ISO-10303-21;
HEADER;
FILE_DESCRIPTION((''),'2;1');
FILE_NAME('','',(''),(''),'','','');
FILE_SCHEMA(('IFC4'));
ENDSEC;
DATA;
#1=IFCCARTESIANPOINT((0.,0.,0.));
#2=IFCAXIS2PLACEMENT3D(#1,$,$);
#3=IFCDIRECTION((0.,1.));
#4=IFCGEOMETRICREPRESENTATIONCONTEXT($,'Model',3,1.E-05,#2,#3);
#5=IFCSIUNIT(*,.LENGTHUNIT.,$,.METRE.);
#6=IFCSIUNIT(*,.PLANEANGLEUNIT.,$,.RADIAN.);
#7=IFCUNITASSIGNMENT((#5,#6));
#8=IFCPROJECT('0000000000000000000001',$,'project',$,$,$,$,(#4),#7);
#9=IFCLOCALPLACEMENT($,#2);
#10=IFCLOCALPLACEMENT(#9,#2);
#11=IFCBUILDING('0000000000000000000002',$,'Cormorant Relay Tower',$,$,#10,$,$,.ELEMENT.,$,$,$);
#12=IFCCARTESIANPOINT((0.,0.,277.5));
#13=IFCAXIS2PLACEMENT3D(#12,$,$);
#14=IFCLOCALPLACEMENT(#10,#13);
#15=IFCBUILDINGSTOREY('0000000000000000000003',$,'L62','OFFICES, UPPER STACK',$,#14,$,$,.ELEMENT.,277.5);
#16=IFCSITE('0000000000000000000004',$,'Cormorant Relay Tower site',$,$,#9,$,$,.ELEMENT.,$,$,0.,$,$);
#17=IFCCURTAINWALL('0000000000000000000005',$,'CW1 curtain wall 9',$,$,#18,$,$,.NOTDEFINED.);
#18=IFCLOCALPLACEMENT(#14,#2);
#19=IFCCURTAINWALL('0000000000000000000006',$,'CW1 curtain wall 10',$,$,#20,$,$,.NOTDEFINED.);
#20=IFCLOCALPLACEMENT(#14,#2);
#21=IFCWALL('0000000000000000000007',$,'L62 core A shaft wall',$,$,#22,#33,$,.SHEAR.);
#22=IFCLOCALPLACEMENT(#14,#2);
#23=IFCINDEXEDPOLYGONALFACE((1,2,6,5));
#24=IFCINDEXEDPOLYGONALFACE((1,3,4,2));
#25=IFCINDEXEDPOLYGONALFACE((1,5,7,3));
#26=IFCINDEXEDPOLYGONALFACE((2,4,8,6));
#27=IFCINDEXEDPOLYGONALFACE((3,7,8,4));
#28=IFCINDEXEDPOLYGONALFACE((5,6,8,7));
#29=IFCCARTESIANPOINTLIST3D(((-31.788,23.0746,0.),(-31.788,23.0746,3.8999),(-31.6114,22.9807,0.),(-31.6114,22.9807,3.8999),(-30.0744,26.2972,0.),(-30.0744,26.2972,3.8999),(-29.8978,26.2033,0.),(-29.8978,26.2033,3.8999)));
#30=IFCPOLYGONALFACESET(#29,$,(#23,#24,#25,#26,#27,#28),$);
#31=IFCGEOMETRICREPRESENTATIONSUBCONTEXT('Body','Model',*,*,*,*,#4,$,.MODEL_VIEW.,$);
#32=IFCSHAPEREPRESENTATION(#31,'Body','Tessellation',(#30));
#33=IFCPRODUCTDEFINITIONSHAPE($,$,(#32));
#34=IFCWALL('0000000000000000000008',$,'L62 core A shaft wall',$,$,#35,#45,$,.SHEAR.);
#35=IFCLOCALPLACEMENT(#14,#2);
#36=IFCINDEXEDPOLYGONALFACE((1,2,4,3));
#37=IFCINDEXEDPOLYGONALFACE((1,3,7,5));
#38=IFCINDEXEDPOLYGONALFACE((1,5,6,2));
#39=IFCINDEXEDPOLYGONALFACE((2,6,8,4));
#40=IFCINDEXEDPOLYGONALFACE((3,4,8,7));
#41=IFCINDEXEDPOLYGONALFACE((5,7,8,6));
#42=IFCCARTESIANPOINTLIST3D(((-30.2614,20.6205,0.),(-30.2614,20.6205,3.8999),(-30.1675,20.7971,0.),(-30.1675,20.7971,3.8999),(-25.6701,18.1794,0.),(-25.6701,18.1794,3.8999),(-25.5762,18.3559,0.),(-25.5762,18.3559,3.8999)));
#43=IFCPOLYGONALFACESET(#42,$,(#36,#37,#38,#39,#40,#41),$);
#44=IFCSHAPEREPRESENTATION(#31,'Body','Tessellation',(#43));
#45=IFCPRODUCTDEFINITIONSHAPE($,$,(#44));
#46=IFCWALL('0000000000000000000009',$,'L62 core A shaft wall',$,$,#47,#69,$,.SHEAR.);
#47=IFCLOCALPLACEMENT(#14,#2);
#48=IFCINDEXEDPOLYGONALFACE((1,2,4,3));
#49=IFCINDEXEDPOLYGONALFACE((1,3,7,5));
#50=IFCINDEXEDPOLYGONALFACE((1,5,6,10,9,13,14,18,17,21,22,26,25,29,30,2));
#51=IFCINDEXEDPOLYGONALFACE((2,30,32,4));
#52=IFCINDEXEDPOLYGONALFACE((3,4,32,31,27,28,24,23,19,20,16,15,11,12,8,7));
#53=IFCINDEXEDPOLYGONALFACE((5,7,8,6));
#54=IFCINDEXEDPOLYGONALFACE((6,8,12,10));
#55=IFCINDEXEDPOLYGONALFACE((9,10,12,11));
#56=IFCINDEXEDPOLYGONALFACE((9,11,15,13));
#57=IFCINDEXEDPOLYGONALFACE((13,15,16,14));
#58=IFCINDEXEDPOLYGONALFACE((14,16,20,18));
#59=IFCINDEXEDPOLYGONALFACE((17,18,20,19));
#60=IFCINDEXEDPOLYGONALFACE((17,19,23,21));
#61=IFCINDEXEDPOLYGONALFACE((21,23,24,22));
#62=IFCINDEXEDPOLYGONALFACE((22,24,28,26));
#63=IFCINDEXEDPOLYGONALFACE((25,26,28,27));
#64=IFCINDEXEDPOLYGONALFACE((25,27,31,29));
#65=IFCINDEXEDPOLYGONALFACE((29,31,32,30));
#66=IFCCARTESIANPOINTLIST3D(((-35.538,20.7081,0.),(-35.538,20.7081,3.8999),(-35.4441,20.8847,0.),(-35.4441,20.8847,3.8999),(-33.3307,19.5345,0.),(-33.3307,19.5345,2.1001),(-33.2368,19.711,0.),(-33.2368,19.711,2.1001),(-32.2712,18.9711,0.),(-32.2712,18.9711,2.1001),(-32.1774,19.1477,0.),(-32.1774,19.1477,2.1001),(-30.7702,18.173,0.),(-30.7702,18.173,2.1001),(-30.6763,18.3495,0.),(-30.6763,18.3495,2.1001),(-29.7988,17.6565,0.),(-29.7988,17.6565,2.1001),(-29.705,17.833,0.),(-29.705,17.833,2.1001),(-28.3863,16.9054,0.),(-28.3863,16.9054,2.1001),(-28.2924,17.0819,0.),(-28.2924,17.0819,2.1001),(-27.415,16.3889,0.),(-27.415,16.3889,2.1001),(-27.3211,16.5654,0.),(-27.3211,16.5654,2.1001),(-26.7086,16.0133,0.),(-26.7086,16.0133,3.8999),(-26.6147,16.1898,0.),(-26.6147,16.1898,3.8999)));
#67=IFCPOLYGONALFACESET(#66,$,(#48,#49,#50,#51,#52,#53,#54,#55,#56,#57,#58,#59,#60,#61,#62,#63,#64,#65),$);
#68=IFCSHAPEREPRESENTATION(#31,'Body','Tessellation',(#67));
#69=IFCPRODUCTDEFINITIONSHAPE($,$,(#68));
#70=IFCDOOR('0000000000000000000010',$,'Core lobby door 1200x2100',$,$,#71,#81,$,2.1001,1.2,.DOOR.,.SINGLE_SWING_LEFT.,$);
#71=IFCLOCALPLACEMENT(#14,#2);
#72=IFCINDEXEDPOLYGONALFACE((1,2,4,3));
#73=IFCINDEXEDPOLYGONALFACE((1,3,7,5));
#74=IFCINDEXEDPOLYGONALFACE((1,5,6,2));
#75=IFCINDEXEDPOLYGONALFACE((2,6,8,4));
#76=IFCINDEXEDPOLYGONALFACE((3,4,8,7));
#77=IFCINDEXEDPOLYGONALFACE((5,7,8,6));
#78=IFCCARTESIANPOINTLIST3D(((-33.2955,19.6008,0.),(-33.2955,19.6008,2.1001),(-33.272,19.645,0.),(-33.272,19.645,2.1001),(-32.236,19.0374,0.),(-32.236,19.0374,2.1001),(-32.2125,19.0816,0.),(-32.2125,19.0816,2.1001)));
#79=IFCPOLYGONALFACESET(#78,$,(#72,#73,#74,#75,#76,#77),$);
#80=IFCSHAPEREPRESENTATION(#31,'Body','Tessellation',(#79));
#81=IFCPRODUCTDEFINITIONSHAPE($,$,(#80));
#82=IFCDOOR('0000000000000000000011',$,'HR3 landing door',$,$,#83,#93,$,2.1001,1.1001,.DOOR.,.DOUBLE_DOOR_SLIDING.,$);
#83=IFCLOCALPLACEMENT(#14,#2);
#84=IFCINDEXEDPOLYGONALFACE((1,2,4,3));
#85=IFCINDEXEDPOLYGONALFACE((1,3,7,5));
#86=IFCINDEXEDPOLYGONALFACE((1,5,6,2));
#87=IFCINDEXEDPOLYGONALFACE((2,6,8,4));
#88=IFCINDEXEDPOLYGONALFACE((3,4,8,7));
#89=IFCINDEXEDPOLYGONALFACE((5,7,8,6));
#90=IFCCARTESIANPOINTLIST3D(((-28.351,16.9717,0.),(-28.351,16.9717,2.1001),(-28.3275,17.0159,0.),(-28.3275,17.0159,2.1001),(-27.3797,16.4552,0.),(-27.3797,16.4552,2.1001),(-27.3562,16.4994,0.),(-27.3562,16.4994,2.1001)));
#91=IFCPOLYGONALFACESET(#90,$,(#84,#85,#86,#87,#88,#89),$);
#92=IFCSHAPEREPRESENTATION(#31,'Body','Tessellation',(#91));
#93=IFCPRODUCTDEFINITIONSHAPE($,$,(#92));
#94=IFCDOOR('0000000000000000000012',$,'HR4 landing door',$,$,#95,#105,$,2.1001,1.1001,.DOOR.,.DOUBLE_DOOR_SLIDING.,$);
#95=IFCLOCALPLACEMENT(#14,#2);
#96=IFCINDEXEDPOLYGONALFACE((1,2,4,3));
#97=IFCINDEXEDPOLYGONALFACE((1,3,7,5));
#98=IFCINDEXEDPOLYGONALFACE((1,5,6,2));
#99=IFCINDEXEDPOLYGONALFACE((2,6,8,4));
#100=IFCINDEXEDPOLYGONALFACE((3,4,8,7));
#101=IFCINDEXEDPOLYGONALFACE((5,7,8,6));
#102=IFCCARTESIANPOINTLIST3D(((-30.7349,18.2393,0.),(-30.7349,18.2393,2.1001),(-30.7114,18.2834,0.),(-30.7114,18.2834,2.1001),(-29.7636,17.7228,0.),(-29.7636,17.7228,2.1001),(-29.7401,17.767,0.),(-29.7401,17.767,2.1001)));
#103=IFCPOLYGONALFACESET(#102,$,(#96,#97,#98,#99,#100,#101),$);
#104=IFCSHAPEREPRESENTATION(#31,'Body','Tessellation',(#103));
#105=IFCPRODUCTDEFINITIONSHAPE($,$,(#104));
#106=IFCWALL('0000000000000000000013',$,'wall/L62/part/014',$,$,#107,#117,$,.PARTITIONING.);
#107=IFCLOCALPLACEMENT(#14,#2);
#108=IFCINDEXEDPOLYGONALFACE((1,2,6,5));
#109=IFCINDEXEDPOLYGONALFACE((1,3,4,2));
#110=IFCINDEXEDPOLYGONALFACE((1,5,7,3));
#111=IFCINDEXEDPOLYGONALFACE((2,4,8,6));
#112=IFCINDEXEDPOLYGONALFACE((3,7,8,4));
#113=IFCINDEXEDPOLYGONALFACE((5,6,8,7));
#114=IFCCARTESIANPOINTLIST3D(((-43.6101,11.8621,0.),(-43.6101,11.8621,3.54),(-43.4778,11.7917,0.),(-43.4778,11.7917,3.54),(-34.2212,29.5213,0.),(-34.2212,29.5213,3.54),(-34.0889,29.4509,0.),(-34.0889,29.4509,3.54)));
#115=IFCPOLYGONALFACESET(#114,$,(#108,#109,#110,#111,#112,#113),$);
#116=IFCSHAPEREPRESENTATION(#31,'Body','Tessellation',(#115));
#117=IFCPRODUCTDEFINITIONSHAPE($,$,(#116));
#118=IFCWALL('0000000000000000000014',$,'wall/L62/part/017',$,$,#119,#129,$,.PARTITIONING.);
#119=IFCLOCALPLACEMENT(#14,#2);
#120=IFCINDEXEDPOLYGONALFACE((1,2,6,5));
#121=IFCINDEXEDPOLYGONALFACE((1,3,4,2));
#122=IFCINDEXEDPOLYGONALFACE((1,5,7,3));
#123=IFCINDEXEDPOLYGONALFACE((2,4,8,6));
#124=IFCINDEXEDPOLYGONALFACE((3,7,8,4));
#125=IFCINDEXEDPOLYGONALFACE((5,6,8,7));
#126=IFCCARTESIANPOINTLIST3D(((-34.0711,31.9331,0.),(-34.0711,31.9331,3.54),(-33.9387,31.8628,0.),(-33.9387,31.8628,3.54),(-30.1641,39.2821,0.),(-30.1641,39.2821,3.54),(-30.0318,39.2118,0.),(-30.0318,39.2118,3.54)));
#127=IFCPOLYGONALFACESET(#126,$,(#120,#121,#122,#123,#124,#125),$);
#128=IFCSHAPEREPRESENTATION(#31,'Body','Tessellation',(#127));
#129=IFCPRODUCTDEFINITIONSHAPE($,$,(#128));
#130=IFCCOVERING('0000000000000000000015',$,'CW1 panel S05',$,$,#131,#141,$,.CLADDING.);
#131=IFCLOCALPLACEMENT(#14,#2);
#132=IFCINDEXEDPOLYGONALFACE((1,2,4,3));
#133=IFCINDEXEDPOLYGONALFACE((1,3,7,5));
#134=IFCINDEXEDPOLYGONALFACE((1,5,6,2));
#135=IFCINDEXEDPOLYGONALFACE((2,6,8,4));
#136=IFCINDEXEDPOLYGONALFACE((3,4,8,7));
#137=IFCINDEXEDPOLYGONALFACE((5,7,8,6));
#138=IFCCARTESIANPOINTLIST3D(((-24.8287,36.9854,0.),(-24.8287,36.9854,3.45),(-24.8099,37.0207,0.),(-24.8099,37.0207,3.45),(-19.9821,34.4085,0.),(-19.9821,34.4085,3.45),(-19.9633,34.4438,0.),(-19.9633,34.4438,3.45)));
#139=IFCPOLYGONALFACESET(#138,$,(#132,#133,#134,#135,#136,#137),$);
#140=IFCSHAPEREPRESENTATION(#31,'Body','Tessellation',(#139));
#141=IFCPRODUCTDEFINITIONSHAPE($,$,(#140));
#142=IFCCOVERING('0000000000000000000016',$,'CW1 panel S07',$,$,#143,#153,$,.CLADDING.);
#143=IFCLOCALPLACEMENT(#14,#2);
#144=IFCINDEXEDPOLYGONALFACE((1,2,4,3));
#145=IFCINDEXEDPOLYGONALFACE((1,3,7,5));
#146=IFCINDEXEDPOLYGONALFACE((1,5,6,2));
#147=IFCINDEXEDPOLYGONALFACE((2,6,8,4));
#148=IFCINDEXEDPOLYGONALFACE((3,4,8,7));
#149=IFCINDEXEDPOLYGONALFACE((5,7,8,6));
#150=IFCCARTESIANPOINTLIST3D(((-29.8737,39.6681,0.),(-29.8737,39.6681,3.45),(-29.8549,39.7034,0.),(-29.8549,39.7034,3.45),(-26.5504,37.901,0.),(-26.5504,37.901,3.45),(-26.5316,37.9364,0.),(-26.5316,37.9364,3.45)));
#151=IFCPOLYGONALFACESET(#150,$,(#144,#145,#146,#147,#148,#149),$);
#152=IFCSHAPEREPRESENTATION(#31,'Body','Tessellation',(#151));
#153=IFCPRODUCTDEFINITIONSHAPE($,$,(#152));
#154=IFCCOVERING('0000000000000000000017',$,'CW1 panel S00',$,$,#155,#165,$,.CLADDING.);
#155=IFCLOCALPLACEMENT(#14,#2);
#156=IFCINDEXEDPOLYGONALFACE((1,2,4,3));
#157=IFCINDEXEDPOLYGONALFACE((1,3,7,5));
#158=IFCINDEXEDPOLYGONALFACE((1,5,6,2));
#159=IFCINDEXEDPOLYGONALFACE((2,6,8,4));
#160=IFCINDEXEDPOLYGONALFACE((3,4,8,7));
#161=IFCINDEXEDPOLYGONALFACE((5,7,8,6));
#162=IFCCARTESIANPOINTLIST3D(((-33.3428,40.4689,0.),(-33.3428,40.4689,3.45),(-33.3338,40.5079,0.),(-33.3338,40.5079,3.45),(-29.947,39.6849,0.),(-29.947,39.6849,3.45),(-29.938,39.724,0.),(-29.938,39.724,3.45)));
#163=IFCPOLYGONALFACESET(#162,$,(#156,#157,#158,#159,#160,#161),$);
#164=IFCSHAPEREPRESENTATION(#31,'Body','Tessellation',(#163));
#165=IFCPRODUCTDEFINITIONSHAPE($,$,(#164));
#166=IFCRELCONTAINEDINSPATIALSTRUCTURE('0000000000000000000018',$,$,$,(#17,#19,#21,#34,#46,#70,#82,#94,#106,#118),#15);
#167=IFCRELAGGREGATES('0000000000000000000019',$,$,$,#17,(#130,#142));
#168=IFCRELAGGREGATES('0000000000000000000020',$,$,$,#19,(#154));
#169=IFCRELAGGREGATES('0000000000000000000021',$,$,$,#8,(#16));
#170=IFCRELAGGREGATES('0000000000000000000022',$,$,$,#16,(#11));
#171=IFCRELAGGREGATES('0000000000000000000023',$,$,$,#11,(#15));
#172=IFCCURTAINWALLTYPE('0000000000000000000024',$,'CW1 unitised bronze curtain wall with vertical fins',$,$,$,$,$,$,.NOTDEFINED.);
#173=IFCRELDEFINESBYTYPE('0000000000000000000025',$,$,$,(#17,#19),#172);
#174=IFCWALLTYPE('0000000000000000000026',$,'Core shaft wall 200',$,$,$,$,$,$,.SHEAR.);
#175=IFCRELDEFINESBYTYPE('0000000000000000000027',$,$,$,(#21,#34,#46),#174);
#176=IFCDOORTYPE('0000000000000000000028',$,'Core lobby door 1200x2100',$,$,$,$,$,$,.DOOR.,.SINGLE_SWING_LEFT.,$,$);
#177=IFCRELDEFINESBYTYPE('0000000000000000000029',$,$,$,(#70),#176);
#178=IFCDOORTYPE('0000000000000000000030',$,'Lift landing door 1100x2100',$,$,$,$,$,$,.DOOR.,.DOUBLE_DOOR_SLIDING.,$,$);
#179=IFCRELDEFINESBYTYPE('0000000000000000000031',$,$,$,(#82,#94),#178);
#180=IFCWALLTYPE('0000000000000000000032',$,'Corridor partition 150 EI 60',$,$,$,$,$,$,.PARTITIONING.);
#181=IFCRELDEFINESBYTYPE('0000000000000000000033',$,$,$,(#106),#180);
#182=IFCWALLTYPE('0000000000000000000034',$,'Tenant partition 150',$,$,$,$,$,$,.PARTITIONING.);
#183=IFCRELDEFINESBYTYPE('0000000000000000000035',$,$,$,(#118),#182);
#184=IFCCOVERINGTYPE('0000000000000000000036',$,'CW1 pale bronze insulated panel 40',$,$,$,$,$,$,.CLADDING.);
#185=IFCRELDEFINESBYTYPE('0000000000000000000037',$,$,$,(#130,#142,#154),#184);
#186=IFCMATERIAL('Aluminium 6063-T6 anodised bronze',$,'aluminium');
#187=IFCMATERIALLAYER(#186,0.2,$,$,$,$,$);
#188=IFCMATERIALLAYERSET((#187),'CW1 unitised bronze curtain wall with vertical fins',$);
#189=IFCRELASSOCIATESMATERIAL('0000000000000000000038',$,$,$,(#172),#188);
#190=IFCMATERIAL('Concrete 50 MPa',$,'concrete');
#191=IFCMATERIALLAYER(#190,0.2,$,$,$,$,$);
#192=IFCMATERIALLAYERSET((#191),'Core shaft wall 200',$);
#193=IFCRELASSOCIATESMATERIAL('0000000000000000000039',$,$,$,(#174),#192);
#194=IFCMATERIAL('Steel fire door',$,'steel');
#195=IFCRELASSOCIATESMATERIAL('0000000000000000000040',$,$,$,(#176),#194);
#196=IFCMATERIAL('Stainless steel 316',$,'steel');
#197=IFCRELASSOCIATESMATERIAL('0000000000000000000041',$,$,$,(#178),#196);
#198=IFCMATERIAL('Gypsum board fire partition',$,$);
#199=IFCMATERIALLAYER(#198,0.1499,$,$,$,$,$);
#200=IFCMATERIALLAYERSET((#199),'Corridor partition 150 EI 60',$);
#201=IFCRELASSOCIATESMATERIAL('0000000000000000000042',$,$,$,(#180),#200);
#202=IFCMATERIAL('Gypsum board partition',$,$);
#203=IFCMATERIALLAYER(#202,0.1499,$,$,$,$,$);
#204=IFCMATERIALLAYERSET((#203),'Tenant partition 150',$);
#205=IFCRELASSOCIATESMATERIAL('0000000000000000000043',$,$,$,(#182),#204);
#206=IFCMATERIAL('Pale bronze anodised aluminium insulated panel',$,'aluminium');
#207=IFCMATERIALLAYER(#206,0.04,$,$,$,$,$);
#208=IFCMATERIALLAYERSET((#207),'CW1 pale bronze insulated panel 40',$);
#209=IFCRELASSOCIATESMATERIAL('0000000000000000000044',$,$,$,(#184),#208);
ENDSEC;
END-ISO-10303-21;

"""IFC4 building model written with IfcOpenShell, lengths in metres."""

from ifc_helpers import new_model, si_unit, direction, frame, frame_2d, origin, origin_2d, place, context, subcontext, project, spatial, rectangle, extrude, material, layer, layer_set, type_object, element, fill, aggregate, save


model = new_model("IFC4")

# Units and contexts
model_context = context("Model", 3, precision=1e-05, world=origin(), true_north=direction((0.0, 1.0)))
body_context = subcontext(model_context, "Body", "Model", "MODEL_VIEW")
ifc_project = project(units=[si_unit("LENGTHUNIT", "METRE"), si_unit("PLANEANGLEUNIT", "RADIAN")], contexts=[model_context])

# Site, building, storey
site_placement = place(None, origin())
site = spatial("IfcSite", under=ifc_project, at=site_placement, Name="Cormorant Relay Tower site", CompositionType="ELEMENT", RefElevation=0.0)
building_placement = place(site_placement, origin())
building = spatial("IfcBuilding", under=site, at=building_placement, Name="Cormorant Relay Tower", CompositionType="ELEMENT")
storey_placement = place(building_placement, frame((0.0, 0.0, 277.5)))
storey = spatial("IfcBuildingStorey", under=building, at=storey_placement, Name="L62", Description="OFFICES, UPPER STACK", CompositionType="ELEMENT", Elevation=277.5)

# Curtain wall
ifc_material_1 = material(Name="Aluminium 6063-T6 anodised bronze", Category="aluminium")
ifc_layer_1 = layer(ifc_material_1, 0.2)
ifc_layer_set_1 = layer_set([ifc_layer_1], Name="CW1 unitised bronze curtain wall with vertical fins")
curtain_wall_type = type_object("IfcCurtainWallType", Name="CW1 unitised bronze curtain wall with vertical fins", PredefinedType="NOTDEFINED", material=ifc_layer_set_1)
curtain_wall_1_placement = place(storey_placement, origin())
curtain_wall_1 = element("IfcCurtainWall", 1, at=curtain_wall_1_placement, inside=storey, type_object=curtain_wall_type, Name="CW1 curtain wall 9", PredefinedType="NOTDEFINED")

# Curtain wall
curtain_wall_2_placement = place(storey_placement, origin())
curtain_wall_2 = element("IfcCurtainWall", 2, at=curtain_wall_2_placement, inside=storey, type_object=curtain_wall_type, Name="CW1 curtain wall 10", PredefinedType="NOTDEFINED")

# Shared definitions
ifc_material_2 = material(Name="Concrete 50 MPa", Category="concrete")
ifc_layer_2 = layer(ifc_material_2, 0.2)
ifc_layer_set_2 = layer_set([ifc_layer_2], Name="Core shaft wall 200")
wall_type_1 = type_object("IfcWallType", Name="Core shaft wall 200", PredefinedType="SHEAR", material=ifc_layer_set_2)

# Wall
wall_1_placement = place(storey_placement, frame((-29.9861, 26.2502, 0.0), z_axis=(0.0, 0.0, 1.0), x_axis=(-0.469494, -0.882936, 0.0)))
element("IfcWall", 3, at=wall_1_placement, inside=storey, type_object=wall_type_1, Name="L62 core A shaft wall", PredefinedType="SHEAR", context=body_context, shape_type="SweptSolid", body=[
    extrude(rectangle(XDim=3.6499, YDim=0.2, at=frame_2d((1.825, 0.0))), origin(), (0.0, 0.0, 1.0), 3.8999),
])

# Wall
wall_2_placement = place(storey_placement, frame((-25.623, 18.2676, 0.0), z_axis=(0.0, 0.0, 1.0), x_axis=(-0.882954, 0.46946, 0.0)))
element("IfcWall", 4, at=wall_2_placement, inside=storey, type_object=wall_type_1, Name="L62 core A shaft wall", PredefinedType="SHEAR", context=body_context, shape_type="SweptSolid", body=[
    extrude(rectangle(XDim=5.2, YDim=0.2, at=frame_2d((2.6001, 0.0))), origin(), (0.0, 0.0, 1.0), 3.8999),
])

# Wall, openings, doors
wall_3_placement = place(storey_placement, frame((-26.6616, 16.1016, 0.0), z_axis=(0.0, 0.0, 1.0), x_axis=(-0.88294, 0.469485, 0.0)))
wall_3 = element("IfcWall", 5, at=wall_3_placement, inside=storey, type_object=wall_type_1, Name="L62 core A shaft wall", PredefinedType="SHEAR", context=body_context, shape_type="SweptSolid", body=[
    extrude(rectangle(XDim=10.0, YDim=0.2, at=frame_2d((5.0, 0.0))), origin(), (0.0, 0.0, 1.0), 3.8999),
])
opening_1_placement = place(wall_3_placement, frame((6.3, 0.0, 0.0)))
opening_1 = element("IfcOpeningElement", 6, at=opening_1_placement, cuts=wall_3, PredefinedType="OPENING", context=body_context, shape_type="SweptSolid", body=[
    extrude(rectangle(XDim=1.2, YDim=2.1001, at=frame_2d((0.6001, 1.05))), frame((0.0, 0.1099, 0.0), z_axis=(0.0, -1.0, 0.0), x_axis=(1.0, 0.0, 0.0)), (0.0, 0.0, 1.0), 0.22),
])
opening_2_placement = place(wall_3_placement, frame((0.8, 0.0, 0.0)))
opening_2 = element("IfcOpeningElement", 7, at=opening_2_placement, cuts=wall_3, PredefinedType="OPENING", context=body_context, shape_type="SweptSolid", body=[
    extrude(rectangle(XDim=1.1001, YDim=2.1001, at=frame_2d((0.55, 1.05))), frame((0.0, 0.1099, 0.0), z_axis=(0.0, -1.0, 0.0), x_axis=(1.0, 0.0, 0.0)), (0.0, 0.0, 1.0), 0.22),
])
opening_3_placement = place(wall_3_placement, frame((3.5, 0.0, 0.0)))
opening_3 = element("IfcOpeningElement", 8, at=opening_3_placement, cuts=wall_3, PredefinedType="OPENING", context=body_context, shape_type="SweptSolid", body=[
    extrude(rectangle(XDim=1.1001, YDim=2.1001, at=frame_2d((0.55, 1.05))), frame((0.0, 0.1099, 0.0), z_axis=(0.0, -1.0, 0.0), x_axis=(1.0, 0.0, 0.0)), (0.0, 0.0, 1.0), 0.22),
])
ifc_material_3 = material(Name="Steel fire door", Category="steel")
door_type_1 = type_object("IfcDoorType", Name="Core lobby door 1200x2100", OperationType="SINGLE_SWING_LEFT", PredefinedType="DOOR", material=ifc_material_3)
door_1_placement = place(opening_1_placement, origin())
door_1 = element("IfcDoor", 9, at=door_1_placement, inside=storey, type_object=door_type_1, Name="Core lobby door 1200x2100", OperationType="SINGLE_SWING_LEFT", OverallHeight=2.1001, OverallWidth=1.2, PredefinedType="DOOR", context=body_context, shape_type="SweptSolid", body=[
    extrude(rectangle(XDim=1.2, YDim=2.1001, at=frame_2d((0.6001, 1.05))), frame((0.0, 0.0249, 0.0), z_axis=(0.0, -1.0, 0.0), x_axis=(1.0, 0.0, 0.0)), (0.0, 0.0, 1.0), 0.05),
])
fill(opening_1, door_1)
ifc_material_4 = material(Name="Stainless steel 316", Category="steel")
door_type_2 = type_object("IfcDoorType", Name="Lift landing door 1100x2100", OperationType="DOUBLE_DOOR_SLIDING", PredefinedType="DOOR", material=ifc_material_4)
door_2_placement = place(opening_2_placement, origin())
door_2 = element("IfcDoor", 10, at=door_2_placement, inside=storey, type_object=door_type_2, Name="HR3 landing door", OperationType="DOUBLE_DOOR_SLIDING", OverallHeight=2.1001, OverallWidth=1.1001, PredefinedType="DOOR", context=body_context, shape_type="SweptSolid", body=[
    extrude(rectangle(XDim=1.1001, YDim=2.1001, at=frame_2d((0.55, 1.05))), frame((0.0, 0.0249, 0.0), z_axis=(0.0, -1.0, 0.0), x_axis=(1.0, 0.0, 0.0)), (0.0, 0.0, 1.0), 0.05),
])
fill(opening_2, door_2)
door_3_placement = place(opening_3_placement, origin())
door_3 = element("IfcDoor", 11, at=door_3_placement, inside=storey, type_object=door_type_2, Name="HR4 landing door", OperationType="DOUBLE_DOOR_SLIDING", OverallHeight=2.1001, OverallWidth=1.1001, PredefinedType="DOOR", context=body_context, shape_type="SweptSolid", body=[
    extrude(rectangle(XDim=1.1001, YDim=2.1001, at=frame_2d((0.55, 1.05))), frame((0.0, 0.0249, 0.0), z_axis=(0.0, -1.0, 0.0), x_axis=(1.0, 0.0, 0.0)), (0.0, 0.0, 1.0), 0.05),
])
fill(opening_3, door_3)

# Walls
ifc_material_5 = material(Name="Gypsum board fire partition")
ifc_layer_3 = layer(ifc_material_5, 0.1499)
ifc_layer_set_3 = layer_set([ifc_layer_3], Name="Corridor partition 150 EI 60")
wall_type_2 = type_object("IfcWallType", Name="Corridor partition 150 EI 60", PredefinedType="PARTITIONING", material=ifc_layer_set_3)
wall_4_placement = place(storey_placement, frame((-34.155, 29.4861, 0.0), z_axis=(0.0, 0.0, 1.0), x_axis=(-0.469447, -0.882961, 0.0)))
element("IfcWall", 12, at=wall_4_placement, inside=storey, type_object=wall_type_2, Name="wall/L62/part/014", PredefinedType="PARTITIONING", context=body_context, shape_type="SweptSolid", body=[
    extrude(rectangle(XDim=20.0, YDim=0.1499, at=frame_2d((10.0, 0.0))), origin(), (0.0, 0.0, 1.0), 3.54),
])
ifc_material_6 = material(Name="Gypsum board partition")
ifc_layer_4 = layer(ifc_material_6, 0.1499)
ifc_layer_set_4 = layer_set([ifc_layer_4], Name="Tenant partition 150")
wall_type_3 = type_object("IfcWallType", Name="Tenant partition 150", PredefinedType="PARTITIONING", material=ifc_layer_set_4)
wall_5_placement = place(storey_placement, frame((-30.0979, 39.2471, 0.0), z_axis=(0.0, 0.0, 1.0), x_axis=(-0.469414, -0.882978, 0.0)))
element("IfcWall", 13, at=wall_5_placement, inside=storey, type_object=wall_type_3, Name="wall/L62/part/017", PredefinedType="PARTITIONING", context=body_context, shape_type="SweptSolid", body=[
    extrude(rectangle(XDim=8.323, YDim=0.1499, at=frame_2d((4.1616, 0.0))), origin(), (0.0, 0.0, 1.0), 3.54),
])

# Coverings
ifc_material_7 = material(Name="Pale bronze anodised aluminium insulated panel", Category="aluminium")
ifc_layer_5 = layer(ifc_material_7, 0.04)
ifc_layer_set_5 = layer_set([ifc_layer_5], Name="CW1 pale bronze insulated panel 40")
covering_type = type_object("IfcCoveringType", Name="CW1 pale bronze insulated panel 40", PredefinedType="CLADDING", material=ifc_layer_set_5)
covering_1_placement = place(storey_placement, frame((-22.396, 35.7146, 0.0), z_axis=(0.0, 0.0, 1.0), x_axis=(-0.882948, 0.469472, 0.0)))
covering_1 = element("IfcCovering", 14, at=covering_1_placement, type_object=covering_type, Name="CW1 panel S05", PredefinedType="CLADDING", context=body_context, shape_type="SweptSolid", body=[
    extrude(rectangle(XDim=5.489, YDim=0.04, at=origin_2d()), origin(), (0.0, 0.0, 1.0), 3.45),
])
covering_2_placement = place(storey_placement, frame((-28.2026, 38.8022, 0.0), z_axis=(0.0, 0.0, 1.0), x_axis=(-0.882948, 0.469472, 0.0)))
covering_2 = element("IfcCovering", 15, at=covering_2_placement, type_object=covering_type, Name="CW1 panel S07", PredefinedType="CLADDING", context=body_context, shape_type="SweptSolid", body=[
    extrude(rectangle(XDim=3.7639, YDim=0.04, at=origin_2d()), origin(), (0.0, 0.0, 1.0), 3.45),
])
aggregate(curtain_wall_1, [covering_1, covering_2])
covering_3_placement = place(storey_placement, frame((-31.6404, 40.0964, 0.0), z_axis=(0.0, 0.0, 1.0), x_axis=(-0.97437, 0.224951, 0.0)))
covering_3 = element("IfcCovering", 16, at=covering_3_placement, type_object=covering_type, Name="CW1 panel S00", PredefinedType="CLADDING", context=body_context, shape_type="SweptSolid", body=[
    extrude(rectangle(XDim=3.4851, YDim=0.04, at=origin_2d()), origin(), (0.0, 0.0, 1.0), 3.45),
])
aggregate(curtain_wall_2, [covering_3])

save(model, "model.ifc")
